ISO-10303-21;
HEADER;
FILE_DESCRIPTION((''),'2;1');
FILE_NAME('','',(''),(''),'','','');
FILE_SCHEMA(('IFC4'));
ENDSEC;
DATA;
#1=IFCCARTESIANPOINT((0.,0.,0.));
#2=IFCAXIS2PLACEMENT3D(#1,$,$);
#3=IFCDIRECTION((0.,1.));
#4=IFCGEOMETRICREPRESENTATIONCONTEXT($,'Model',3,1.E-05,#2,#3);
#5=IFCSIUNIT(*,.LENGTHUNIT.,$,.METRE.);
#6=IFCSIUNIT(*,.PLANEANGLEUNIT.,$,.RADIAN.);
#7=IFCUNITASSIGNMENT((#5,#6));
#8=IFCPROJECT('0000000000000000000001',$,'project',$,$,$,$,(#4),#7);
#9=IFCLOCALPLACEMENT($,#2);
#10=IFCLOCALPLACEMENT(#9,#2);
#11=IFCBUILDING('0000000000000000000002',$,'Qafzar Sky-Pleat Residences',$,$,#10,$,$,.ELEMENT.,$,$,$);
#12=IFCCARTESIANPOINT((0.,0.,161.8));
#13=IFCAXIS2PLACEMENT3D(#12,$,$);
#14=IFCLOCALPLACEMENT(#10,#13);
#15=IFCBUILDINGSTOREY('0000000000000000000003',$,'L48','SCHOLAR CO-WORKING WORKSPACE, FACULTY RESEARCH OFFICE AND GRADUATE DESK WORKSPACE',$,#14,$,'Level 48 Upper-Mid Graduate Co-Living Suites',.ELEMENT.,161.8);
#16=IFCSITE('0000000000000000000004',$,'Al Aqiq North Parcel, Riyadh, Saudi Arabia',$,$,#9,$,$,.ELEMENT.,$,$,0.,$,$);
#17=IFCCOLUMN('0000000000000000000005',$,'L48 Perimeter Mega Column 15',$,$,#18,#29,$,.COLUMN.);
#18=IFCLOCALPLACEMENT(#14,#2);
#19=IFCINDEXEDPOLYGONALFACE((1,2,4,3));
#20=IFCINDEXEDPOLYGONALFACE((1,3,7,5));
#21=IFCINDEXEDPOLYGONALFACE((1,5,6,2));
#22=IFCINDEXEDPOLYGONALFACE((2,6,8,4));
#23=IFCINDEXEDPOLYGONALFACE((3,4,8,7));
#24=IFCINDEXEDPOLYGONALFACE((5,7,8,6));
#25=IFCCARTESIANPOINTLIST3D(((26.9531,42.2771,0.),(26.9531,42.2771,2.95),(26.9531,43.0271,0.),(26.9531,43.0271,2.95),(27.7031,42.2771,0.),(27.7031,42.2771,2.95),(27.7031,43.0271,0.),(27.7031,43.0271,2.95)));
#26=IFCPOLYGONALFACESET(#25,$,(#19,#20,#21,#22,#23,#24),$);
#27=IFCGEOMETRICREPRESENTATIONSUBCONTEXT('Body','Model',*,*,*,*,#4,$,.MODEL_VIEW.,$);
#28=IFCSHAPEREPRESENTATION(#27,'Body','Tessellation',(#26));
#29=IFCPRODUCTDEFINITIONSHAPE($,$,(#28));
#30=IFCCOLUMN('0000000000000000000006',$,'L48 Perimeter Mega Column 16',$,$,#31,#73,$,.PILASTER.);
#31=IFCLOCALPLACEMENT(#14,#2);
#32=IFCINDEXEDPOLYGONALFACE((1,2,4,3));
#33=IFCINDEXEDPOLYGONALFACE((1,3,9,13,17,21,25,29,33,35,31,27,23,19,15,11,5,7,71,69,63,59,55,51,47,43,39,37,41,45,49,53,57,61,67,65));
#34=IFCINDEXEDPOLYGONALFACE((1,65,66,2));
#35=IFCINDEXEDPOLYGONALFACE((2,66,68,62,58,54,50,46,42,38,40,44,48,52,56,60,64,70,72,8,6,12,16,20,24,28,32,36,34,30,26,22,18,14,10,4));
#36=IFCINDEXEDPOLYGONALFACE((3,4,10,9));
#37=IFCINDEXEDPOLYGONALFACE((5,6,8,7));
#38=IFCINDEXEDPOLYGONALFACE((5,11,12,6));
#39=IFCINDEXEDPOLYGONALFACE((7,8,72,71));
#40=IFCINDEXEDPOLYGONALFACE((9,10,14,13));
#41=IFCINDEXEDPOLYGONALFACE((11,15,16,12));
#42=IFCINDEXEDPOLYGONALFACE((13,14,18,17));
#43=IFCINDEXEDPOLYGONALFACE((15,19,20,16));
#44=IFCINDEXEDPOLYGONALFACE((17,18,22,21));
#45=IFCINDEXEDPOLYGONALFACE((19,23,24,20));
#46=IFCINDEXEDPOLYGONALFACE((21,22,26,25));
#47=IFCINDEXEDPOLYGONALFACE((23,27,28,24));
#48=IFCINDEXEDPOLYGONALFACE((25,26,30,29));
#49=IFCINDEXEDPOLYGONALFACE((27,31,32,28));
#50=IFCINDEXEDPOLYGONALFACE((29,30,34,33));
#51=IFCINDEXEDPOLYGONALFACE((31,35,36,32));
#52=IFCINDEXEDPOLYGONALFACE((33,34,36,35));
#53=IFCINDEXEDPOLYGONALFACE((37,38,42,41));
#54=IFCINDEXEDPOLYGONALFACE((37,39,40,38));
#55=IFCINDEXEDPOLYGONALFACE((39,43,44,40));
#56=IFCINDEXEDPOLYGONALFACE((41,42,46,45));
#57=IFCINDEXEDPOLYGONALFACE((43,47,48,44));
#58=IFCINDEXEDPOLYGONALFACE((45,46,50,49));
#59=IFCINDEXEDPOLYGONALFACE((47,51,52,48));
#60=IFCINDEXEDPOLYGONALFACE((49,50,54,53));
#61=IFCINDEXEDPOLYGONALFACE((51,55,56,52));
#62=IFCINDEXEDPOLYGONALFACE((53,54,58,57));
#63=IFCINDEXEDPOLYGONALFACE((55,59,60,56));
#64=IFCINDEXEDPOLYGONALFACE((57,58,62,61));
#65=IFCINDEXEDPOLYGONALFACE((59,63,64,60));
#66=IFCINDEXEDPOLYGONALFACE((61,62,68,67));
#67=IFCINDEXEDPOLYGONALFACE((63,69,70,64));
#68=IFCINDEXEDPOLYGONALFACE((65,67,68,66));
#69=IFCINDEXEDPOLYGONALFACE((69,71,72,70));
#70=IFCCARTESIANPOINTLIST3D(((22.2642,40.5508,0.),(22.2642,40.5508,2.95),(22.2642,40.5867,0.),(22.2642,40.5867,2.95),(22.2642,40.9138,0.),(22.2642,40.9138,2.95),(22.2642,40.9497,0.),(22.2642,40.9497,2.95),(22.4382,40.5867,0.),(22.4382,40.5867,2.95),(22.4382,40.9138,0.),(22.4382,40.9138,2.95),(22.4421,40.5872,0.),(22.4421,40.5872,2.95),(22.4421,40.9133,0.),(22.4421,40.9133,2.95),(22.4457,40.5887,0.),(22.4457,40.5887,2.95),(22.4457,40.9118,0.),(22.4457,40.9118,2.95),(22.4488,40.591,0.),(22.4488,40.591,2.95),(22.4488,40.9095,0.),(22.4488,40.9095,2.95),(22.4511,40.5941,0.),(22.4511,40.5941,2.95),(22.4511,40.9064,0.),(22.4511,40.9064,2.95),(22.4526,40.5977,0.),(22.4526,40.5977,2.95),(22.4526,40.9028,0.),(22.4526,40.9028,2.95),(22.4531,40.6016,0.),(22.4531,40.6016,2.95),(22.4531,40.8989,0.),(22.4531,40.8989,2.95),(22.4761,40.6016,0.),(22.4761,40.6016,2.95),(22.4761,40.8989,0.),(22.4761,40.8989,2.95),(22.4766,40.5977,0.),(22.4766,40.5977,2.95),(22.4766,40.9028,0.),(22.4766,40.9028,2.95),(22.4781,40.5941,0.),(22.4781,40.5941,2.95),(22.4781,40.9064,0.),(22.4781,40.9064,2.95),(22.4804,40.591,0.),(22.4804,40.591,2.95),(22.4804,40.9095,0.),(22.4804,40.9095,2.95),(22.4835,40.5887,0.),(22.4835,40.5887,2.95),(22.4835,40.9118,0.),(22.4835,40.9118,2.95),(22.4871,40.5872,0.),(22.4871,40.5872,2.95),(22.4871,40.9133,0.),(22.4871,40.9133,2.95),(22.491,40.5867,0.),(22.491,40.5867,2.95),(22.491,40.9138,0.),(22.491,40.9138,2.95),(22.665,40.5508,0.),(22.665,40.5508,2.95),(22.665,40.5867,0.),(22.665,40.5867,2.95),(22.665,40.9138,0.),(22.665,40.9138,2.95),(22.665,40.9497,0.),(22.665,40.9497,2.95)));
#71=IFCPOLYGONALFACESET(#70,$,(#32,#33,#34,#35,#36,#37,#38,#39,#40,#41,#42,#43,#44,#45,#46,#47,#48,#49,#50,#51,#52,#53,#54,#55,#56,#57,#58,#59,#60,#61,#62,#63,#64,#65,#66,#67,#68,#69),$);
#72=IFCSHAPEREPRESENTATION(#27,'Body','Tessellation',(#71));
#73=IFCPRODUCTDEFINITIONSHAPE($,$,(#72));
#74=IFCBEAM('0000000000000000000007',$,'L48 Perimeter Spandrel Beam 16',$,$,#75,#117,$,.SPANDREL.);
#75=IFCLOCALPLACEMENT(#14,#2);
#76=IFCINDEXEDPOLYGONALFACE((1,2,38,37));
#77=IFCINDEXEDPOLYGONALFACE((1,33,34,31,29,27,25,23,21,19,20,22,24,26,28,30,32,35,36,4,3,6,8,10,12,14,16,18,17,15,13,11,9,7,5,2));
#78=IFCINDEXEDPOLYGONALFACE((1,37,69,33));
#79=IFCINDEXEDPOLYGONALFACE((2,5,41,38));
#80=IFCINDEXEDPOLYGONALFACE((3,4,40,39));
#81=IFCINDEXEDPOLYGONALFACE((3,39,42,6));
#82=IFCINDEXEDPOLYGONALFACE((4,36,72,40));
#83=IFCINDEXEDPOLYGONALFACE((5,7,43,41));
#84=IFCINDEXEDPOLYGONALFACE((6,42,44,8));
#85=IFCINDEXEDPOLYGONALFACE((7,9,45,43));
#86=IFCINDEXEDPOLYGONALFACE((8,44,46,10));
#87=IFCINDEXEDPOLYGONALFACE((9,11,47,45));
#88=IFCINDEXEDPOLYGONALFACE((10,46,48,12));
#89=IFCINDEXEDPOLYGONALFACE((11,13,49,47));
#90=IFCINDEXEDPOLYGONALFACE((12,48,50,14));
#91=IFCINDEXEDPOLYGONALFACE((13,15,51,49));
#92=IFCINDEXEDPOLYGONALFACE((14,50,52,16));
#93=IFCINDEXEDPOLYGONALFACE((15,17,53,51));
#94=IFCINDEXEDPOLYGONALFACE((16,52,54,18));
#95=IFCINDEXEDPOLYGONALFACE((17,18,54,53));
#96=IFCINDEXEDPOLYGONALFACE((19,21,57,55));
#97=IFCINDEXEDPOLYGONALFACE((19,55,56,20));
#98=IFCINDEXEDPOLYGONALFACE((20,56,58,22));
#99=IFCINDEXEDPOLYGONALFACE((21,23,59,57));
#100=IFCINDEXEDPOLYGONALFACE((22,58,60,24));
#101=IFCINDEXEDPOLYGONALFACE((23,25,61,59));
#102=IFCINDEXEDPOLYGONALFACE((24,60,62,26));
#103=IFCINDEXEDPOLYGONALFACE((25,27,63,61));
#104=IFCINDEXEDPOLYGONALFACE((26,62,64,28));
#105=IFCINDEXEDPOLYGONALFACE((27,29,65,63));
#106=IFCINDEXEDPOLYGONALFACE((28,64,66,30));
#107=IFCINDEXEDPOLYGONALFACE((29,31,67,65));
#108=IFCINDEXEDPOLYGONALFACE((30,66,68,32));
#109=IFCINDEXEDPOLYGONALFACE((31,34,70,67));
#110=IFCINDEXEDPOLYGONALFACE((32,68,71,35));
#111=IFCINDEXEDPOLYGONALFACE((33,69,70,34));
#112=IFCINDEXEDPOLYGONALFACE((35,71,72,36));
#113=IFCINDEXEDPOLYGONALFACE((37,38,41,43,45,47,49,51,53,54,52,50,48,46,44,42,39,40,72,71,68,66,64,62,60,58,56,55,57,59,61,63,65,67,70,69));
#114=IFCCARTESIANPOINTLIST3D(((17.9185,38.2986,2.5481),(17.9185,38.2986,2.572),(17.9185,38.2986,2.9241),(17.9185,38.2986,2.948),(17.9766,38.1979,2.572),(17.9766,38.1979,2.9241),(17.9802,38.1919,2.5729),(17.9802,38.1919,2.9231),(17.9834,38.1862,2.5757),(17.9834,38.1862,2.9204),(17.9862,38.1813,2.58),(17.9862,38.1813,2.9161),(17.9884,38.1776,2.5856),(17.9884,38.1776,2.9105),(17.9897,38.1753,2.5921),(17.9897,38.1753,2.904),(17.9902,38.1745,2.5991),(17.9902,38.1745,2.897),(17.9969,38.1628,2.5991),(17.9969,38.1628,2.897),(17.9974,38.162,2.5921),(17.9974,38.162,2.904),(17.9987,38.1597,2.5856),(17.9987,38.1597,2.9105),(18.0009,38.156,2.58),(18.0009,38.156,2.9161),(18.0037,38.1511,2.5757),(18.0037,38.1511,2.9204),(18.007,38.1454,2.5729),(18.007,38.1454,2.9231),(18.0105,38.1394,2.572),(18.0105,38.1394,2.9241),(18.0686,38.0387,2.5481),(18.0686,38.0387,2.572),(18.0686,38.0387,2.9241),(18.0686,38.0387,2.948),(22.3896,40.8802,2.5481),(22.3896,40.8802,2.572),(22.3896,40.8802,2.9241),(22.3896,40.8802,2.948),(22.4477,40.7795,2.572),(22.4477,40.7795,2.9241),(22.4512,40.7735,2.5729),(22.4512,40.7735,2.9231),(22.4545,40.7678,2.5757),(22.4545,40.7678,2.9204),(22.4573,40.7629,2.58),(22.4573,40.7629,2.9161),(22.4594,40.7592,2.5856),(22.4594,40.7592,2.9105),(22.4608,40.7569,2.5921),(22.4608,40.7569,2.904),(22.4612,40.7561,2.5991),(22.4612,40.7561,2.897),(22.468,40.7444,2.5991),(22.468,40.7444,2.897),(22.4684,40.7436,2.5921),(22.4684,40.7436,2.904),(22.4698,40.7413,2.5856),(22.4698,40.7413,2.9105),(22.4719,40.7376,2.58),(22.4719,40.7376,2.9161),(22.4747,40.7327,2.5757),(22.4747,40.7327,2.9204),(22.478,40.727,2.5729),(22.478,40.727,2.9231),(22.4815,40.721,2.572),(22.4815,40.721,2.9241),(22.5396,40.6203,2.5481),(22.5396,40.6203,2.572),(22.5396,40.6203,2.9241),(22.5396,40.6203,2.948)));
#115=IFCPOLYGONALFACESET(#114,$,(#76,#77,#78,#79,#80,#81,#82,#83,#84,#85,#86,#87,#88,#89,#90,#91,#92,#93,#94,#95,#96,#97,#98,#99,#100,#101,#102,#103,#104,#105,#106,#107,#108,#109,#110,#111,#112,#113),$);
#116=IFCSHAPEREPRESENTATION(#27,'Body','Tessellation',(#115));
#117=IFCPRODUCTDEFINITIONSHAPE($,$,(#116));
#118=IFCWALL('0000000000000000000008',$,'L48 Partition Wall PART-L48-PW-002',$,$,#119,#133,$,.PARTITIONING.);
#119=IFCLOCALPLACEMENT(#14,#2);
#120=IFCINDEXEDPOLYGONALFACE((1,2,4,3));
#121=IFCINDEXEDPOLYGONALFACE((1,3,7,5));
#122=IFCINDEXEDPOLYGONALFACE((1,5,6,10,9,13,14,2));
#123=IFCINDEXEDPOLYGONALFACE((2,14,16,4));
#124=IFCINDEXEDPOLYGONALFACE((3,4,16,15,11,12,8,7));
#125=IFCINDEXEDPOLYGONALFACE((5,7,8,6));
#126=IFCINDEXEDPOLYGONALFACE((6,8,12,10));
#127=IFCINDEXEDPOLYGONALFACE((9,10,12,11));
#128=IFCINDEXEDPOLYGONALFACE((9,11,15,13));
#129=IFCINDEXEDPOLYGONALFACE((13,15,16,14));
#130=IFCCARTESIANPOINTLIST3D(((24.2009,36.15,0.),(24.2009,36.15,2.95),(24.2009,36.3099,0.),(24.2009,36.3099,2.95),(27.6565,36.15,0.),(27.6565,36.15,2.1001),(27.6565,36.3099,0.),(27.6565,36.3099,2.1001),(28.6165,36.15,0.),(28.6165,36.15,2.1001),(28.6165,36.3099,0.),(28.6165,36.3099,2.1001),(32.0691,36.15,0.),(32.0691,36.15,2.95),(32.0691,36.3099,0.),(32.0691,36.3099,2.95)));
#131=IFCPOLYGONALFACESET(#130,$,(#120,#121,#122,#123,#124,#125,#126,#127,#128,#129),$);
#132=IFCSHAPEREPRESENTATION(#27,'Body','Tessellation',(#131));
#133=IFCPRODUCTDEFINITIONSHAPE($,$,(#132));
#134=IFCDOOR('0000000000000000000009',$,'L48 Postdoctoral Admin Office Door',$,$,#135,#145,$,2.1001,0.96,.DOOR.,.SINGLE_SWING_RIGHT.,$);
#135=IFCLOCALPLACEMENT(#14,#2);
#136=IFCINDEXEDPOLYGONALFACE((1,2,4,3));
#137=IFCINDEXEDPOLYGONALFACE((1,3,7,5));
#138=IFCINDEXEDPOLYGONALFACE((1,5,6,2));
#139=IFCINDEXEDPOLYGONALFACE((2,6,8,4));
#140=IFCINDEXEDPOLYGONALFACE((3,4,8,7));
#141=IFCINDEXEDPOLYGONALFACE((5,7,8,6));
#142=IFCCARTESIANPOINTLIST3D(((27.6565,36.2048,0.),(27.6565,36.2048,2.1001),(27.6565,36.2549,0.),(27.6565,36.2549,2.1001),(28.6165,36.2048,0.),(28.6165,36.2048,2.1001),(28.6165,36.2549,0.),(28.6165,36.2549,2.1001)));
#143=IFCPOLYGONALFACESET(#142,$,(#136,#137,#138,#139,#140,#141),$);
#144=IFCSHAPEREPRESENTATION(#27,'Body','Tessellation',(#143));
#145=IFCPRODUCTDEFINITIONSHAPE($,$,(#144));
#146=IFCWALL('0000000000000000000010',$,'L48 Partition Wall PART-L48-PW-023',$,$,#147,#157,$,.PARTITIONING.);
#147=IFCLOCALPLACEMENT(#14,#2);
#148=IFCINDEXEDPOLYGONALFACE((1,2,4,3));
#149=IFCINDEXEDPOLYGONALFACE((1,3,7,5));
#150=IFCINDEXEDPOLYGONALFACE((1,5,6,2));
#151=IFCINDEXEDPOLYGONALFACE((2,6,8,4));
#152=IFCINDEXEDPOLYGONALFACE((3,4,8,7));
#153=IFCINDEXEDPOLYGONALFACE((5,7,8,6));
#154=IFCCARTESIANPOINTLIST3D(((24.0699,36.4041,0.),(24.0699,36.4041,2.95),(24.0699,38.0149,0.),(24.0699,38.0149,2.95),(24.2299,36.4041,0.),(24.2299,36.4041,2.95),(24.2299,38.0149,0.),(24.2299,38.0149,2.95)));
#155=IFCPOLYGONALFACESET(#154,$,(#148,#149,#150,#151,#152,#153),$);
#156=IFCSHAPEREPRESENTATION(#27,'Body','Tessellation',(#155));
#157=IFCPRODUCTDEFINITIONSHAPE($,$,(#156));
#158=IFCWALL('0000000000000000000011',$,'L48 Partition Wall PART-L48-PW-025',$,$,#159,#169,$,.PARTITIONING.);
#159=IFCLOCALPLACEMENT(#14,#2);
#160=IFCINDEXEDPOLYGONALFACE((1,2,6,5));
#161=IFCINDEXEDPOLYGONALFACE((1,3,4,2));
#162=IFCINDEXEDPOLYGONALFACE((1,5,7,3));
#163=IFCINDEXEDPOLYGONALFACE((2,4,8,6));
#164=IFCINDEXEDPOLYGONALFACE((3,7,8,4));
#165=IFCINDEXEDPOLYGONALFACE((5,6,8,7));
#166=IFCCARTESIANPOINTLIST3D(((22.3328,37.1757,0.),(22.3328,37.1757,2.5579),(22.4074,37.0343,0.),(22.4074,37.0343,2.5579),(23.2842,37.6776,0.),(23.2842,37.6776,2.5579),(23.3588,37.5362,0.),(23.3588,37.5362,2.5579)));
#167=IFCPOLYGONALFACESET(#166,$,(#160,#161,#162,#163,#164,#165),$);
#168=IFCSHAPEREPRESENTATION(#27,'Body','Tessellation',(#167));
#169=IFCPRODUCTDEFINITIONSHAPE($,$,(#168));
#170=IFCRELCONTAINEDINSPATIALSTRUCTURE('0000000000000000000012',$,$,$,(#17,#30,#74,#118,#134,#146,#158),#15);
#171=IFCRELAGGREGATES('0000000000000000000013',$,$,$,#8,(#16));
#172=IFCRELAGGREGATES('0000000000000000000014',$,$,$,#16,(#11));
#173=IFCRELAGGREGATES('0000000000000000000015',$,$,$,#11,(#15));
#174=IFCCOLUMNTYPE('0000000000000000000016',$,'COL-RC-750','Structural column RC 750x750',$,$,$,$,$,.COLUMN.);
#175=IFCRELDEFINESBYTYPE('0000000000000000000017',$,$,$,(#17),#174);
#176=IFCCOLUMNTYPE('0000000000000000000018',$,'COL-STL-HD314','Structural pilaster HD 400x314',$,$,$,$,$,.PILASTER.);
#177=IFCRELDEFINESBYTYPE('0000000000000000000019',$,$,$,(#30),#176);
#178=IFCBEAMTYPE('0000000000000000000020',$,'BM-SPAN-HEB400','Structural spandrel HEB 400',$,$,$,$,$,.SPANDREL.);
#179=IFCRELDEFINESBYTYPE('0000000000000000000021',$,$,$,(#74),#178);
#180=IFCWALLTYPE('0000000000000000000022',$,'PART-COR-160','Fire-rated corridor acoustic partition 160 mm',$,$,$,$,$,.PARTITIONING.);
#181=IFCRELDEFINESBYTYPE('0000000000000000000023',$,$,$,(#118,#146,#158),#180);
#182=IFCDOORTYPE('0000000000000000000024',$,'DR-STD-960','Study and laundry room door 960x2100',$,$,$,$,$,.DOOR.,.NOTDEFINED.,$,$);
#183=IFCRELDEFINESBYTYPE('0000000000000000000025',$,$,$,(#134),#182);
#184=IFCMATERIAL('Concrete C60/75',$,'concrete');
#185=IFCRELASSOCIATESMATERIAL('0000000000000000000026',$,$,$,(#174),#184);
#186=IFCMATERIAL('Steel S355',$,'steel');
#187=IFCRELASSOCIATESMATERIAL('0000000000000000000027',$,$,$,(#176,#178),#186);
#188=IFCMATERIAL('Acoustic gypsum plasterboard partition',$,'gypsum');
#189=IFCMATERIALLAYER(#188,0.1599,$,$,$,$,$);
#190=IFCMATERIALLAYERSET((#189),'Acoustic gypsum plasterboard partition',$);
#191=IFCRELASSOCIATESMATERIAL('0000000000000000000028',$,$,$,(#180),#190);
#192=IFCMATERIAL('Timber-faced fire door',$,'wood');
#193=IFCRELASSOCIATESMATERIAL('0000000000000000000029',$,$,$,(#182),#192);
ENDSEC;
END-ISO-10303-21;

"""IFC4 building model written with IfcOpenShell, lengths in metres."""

from ifc_helpers import new_model, si_unit, direction, frame, frame_2d, origin, origin_2d, place, context, subcontext, project, spatial, rectangle, i_section, extrude, source, transform, mapped, material, layer, layer_set, material_profile, profile_set, type_object, element, fill, save


model = new_model("IFC4")

# Units and contexts
model_context = context("Model", 3, precision=1e-05, world=origin(), true_north=direction((0.0, 1.0)))
body_context = subcontext(model_context, "Body", "Model", "MODEL_VIEW")
ifc_project = project(units=[si_unit("LENGTHUNIT", "METRE"), si_unit("PLANEANGLEUNIT", "RADIAN")], contexts=[model_context])

# Site, building, storey
site_placement = place(None, origin())
site = spatial("IfcSite", under=ifc_project, at=site_placement, Name="Al Aqiq North Parcel, Riyadh, Saudi Arabia", CompositionType="ELEMENT", RefElevation=0.0)
building_placement = place(site_placement, origin())
building = spatial("IfcBuilding", under=site, at=building_placement, Name="Qafzar Sky-Pleat Residences", CompositionType="ELEMENT")
storey_placement = place(building_placement, frame((0.0, 0.0, 161.8)))
storey = spatial("IfcBuildingStorey", under=building, at=storey_placement, Name="L48", Description="SCHOLAR CO-WORKING WORKSPACE, FACULTY RESEARCH OFFICE AND GRADUATE DESK WORKSPACE", LongName="Level 48 Upper-Mid Graduate Co-Living Suites", CompositionType="ELEMENT", Elevation=161.8)

# Columns
ifc_material_1 = material(Name="Concrete C60/75", Category="concrete")
ifc_material_profile_1 = material_profile(ifc_material_1, rectangle(XDim=0.75, YDim=0.75, at=origin_2d()), Name="RC 750x750")
ifc_profile_set_1 = profile_set([ifc_material_profile_1], Name="Concrete C60/75")
column_type_1 = type_object("IfcColumnType", Name="COL-RC-750", Description="Structural column RC 750x750", PredefinedType="COLUMN", material=ifc_profile_set_1)
shared_shape_1 = source(origin(), body_context, "Body", "SweptSolid", [
    extrude(rectangle(XDim=0.75, YDim=0.75, at=origin_2d()), origin(), (0.0, 0.0, 1.0), 2.95),
])
column_1_placement = place(storey_placement, frame((27.3281, 42.6521, 0.0), z_axis=(0.0, 0.0, 1.0), x_axis=(1.0, 0.0, 0.0)))
element("IfcColumn", 1, at=column_1_placement, inside=storey, type_object=column_type_1, Name="L48 Perimeter Mega Column 15", PredefinedType="COLUMN", context=body_context, shape_type="MappedRepresentation", body=[
    mapped(shared_shape_1, transform((0.0, 0.0, 0.0), x_axis=(1.0, 0.0, 0.0), y_axis=(0.0, 1.0, 0.0), z_axis=(0.0, 0.0, 1.0), scale=1.0)),
])
ifc_material_2 = material(Name="Steel S355", Category="steel")
ifc_material_profile_2 = material_profile(ifc_material_2, i_section(OverallWidth=0.4009, OverallDepth=0.3989, WebThickness=0.0229, FlangeThickness=0.0359, FilletRadius=0.0149, at=origin_2d()), Name="HD 400x314")
ifc_profile_set_2 = profile_set([ifc_material_profile_2], Name="Steel S355")
column_type_2 = type_object("IfcColumnType", Name="COL-STL-HD314", Description="Structural pilaster HD 400x314", PredefinedType="PILASTER", material=ifc_profile_set_2)
shared_shape_2 = source(origin(), body_context, "Body", "SweptSolid", [
    extrude(i_section(OverallWidth=0.4009, OverallDepth=0.3989, WebThickness=0.0229, FlangeThickness=0.0359, FilletRadius=0.0149, at=origin_2d()), origin(), (0.0, 0.0, 1.0), 2.95),
])
column_2_placement = place(storey_placement, frame((22.4646, 40.7502, 0.0), z_axis=(0.0, 0.0, 1.0), x_axis=(1.0, 0.0, 0.0)))
element("IfcColumn", 2, at=column_2_placement, inside=storey, type_object=column_type_2, Name="L48 Perimeter Mega Column 16", PredefinedType="PILASTER", context=body_context, shape_type="MappedRepresentation", body=[
    mapped(shared_shape_2, transform((0.0, 0.0, 0.0), x_axis=(1.0, 0.0, 0.0), y_axis=(0.0, 1.0, 0.0), z_axis=(0.0, 0.0, 1.0), scale=1.0)),
])

# Beam
ifc_material_profile_3 = material_profile(ifc_material_2, i_section(OverallWidth=0.3, OverallDepth=0.3999, WebThickness=0.0134, FlangeThickness=0.0239, FilletRadius=0.0271, at=origin_2d()), Name="HEB 400")
ifc_profile_set_3 = profile_set([ifc_material_profile_3], Name="Steel S355")
beam_type = type_object("IfcBeamType", Name="BM-SPAN-HEB400", Description="Structural spandrel HEB 400", PredefinedType="SPANDREL", material=ifc_profile_set_3)
shared_shape_3 = source(origin(), body_context, "Body", "SweptSolid", [
    extrude(i_section(OverallWidth=0.3, OverallDepth=0.3999, WebThickness=0.0134, FlangeThickness=0.0239, FilletRadius=0.0271, at=origin_2d()), origin(), (0.0, 0.0, 1.0), 5.1628),
])
beam_placement = place(storey_placement, frame((22.4646, 40.7502, 2.748), z_axis=(-0.866005, -0.500035, 0.0), x_axis=(0.500035, -0.866005, 0.0)))
element("IfcBeam", 3, at=beam_placement, inside=storey, type_object=beam_type, Name="L48 Perimeter Spandrel Beam 16", PredefinedType="SPANDREL", context=body_context, shape_type="MappedRepresentation", body=[
    mapped(shared_shape_3, transform((0.0, 0.0, 0.0), x_axis=(1.0, 0.0, 0.0), y_axis=(0.0, 1.0, 0.0), z_axis=(0.0, 0.0, 1.0), scale=1.0)),
])

# Wall, opening, door
ifc_material_3 = material(Name="Acoustic gypsum plasterboard partition", Category="gypsum")
ifc_layer_1 = layer(ifc_material_3, 0.1599)
ifc_layer_set_1 = layer_set([ifc_layer_1], Name="Acoustic gypsum plasterboard partition")
wall_type_1 = type_object("IfcWallType", Name="PART-COR-160", Description="Fire-rated corridor acoustic partition 160 mm", PredefinedType="PARTITIONING", material=ifc_layer_set_1)
wall_1_placement = place(storey_placement, frame((24.2009, 36.23, 0.0), z_axis=(0.0, 0.0, 1.0), x_axis=(1.0, 0.0, 0.0)))
wall_1 = element("IfcWall", 4, at=wall_1_placement, inside=storey, type_object=wall_type_1, Name="L48 Partition Wall PART-L48-PW-002", PredefinedType="PARTITIONING", context=body_context, shape_type="SweptSolid", body=[
    extrude(rectangle(XDim=7.8682, YDim=0.1599, at=frame_2d((3.9341, 0.0))), origin(), (0.0, 0.0, 1.0), 2.95),
])
opening_1_placement = place(wall_1_placement, frame((3.4556, 0.0, 0.0)))
opening_1 = element("IfcOpeningElement", 5, at=opening_1_placement, cuts=wall_1, PredefinedType="OPENING", context=body_context, shape_type="SweptSolid", body=[
    extrude(rectangle(XDim=0.96, YDim=2.1001, at=frame_2d((0.48, 1.05))), frame((0.0, 0.0898, 0.0), z_axis=(0.0, -1.0, 0.0), x_axis=(1.0, 0.0, 0.0)), (0.0, 0.0, 1.0), 0.1799),
])
ifc_material_4 = material(Name="Timber-faced fire door", Category="wood")
door_type = type_object("IfcDoorType", Name="DR-STD-960", Description="Study and laundry room door 960x2100", OperationType="NOTDEFINED", PredefinedType="DOOR", material=ifc_material_4)
shared_shape_4 = source(origin(), body_context, "Body", "SweptSolid", [
    extrude(rectangle(XDim=0.96, YDim=2.1001, at=frame_2d((0.48, 1.05))), frame((0.0, 0.0249, 0.0), z_axis=(0.0, -1.0, 0.0), x_axis=(1.0, 0.0, 0.0)), (0.0, 0.0, 1.0), 0.05),
])
door_placement = place(opening_1_placement, origin())
door = element("IfcDoor", 6, at=door_placement, inside=storey, type_object=door_type, Name="L48 Postdoctoral Admin Office Door", OperationType="SINGLE_SWING_RIGHT", OverallHeight=2.1001, OverallWidth=0.96, PredefinedType="DOOR", context=body_context, shape_type="MappedRepresentation", body=[
    mapped(shared_shape_4, transform((0.0, 0.0, 0.0), x_axis=(1.0, 0.0, 0.0), y_axis=(0.0, 1.0, 0.0), z_axis=(0.0, 0.0, 1.0), scale=1.0)),
])
fill(opening_1, door)

# Walls
wall_2_placement = place(storey_placement, frame((24.1499, 36.4041, 0.0), z_axis=(0.0, 0.0, 1.0), x_axis=(0.0, 1.0, 0.0)))
element("IfcWall", 7, at=wall_2_placement, inside=storey, type_object=wall_type_1, Name="L48 Partition Wall PART-L48-PW-023", PredefinedType="PARTITIONING", context=body_context, shape_type="SweptSolid", body=[
    extrude(rectangle(XDim=1.6108, YDim=0.1599, at=frame_2d((0.8054, 0.0))), origin(), (0.0, 0.0, 1.0), 2.95),
])
wall_3_placement = place(storey_placement, frame((22.3701, 37.105, 0.0), z_axis=(0.0, 0.0, 1.0), x_axis=(0.884455, 0.466625, 0.0)))
element("IfcWall", 8, at=wall_3_placement, inside=storey, type_object=wall_type_1, Name="L48 Partition Wall PART-L48-PW-025", PredefinedType="PARTITIONING", context=body_context, shape_type="SweptSolid", body=[
    extrude(rectangle(XDim=1.0757, YDim=0.1599, at=frame_2d((0.5378, 0.0))), origin(), (0.0, 0.0, 1.0), 2.5579),
])

save(model, "model.ifc")
